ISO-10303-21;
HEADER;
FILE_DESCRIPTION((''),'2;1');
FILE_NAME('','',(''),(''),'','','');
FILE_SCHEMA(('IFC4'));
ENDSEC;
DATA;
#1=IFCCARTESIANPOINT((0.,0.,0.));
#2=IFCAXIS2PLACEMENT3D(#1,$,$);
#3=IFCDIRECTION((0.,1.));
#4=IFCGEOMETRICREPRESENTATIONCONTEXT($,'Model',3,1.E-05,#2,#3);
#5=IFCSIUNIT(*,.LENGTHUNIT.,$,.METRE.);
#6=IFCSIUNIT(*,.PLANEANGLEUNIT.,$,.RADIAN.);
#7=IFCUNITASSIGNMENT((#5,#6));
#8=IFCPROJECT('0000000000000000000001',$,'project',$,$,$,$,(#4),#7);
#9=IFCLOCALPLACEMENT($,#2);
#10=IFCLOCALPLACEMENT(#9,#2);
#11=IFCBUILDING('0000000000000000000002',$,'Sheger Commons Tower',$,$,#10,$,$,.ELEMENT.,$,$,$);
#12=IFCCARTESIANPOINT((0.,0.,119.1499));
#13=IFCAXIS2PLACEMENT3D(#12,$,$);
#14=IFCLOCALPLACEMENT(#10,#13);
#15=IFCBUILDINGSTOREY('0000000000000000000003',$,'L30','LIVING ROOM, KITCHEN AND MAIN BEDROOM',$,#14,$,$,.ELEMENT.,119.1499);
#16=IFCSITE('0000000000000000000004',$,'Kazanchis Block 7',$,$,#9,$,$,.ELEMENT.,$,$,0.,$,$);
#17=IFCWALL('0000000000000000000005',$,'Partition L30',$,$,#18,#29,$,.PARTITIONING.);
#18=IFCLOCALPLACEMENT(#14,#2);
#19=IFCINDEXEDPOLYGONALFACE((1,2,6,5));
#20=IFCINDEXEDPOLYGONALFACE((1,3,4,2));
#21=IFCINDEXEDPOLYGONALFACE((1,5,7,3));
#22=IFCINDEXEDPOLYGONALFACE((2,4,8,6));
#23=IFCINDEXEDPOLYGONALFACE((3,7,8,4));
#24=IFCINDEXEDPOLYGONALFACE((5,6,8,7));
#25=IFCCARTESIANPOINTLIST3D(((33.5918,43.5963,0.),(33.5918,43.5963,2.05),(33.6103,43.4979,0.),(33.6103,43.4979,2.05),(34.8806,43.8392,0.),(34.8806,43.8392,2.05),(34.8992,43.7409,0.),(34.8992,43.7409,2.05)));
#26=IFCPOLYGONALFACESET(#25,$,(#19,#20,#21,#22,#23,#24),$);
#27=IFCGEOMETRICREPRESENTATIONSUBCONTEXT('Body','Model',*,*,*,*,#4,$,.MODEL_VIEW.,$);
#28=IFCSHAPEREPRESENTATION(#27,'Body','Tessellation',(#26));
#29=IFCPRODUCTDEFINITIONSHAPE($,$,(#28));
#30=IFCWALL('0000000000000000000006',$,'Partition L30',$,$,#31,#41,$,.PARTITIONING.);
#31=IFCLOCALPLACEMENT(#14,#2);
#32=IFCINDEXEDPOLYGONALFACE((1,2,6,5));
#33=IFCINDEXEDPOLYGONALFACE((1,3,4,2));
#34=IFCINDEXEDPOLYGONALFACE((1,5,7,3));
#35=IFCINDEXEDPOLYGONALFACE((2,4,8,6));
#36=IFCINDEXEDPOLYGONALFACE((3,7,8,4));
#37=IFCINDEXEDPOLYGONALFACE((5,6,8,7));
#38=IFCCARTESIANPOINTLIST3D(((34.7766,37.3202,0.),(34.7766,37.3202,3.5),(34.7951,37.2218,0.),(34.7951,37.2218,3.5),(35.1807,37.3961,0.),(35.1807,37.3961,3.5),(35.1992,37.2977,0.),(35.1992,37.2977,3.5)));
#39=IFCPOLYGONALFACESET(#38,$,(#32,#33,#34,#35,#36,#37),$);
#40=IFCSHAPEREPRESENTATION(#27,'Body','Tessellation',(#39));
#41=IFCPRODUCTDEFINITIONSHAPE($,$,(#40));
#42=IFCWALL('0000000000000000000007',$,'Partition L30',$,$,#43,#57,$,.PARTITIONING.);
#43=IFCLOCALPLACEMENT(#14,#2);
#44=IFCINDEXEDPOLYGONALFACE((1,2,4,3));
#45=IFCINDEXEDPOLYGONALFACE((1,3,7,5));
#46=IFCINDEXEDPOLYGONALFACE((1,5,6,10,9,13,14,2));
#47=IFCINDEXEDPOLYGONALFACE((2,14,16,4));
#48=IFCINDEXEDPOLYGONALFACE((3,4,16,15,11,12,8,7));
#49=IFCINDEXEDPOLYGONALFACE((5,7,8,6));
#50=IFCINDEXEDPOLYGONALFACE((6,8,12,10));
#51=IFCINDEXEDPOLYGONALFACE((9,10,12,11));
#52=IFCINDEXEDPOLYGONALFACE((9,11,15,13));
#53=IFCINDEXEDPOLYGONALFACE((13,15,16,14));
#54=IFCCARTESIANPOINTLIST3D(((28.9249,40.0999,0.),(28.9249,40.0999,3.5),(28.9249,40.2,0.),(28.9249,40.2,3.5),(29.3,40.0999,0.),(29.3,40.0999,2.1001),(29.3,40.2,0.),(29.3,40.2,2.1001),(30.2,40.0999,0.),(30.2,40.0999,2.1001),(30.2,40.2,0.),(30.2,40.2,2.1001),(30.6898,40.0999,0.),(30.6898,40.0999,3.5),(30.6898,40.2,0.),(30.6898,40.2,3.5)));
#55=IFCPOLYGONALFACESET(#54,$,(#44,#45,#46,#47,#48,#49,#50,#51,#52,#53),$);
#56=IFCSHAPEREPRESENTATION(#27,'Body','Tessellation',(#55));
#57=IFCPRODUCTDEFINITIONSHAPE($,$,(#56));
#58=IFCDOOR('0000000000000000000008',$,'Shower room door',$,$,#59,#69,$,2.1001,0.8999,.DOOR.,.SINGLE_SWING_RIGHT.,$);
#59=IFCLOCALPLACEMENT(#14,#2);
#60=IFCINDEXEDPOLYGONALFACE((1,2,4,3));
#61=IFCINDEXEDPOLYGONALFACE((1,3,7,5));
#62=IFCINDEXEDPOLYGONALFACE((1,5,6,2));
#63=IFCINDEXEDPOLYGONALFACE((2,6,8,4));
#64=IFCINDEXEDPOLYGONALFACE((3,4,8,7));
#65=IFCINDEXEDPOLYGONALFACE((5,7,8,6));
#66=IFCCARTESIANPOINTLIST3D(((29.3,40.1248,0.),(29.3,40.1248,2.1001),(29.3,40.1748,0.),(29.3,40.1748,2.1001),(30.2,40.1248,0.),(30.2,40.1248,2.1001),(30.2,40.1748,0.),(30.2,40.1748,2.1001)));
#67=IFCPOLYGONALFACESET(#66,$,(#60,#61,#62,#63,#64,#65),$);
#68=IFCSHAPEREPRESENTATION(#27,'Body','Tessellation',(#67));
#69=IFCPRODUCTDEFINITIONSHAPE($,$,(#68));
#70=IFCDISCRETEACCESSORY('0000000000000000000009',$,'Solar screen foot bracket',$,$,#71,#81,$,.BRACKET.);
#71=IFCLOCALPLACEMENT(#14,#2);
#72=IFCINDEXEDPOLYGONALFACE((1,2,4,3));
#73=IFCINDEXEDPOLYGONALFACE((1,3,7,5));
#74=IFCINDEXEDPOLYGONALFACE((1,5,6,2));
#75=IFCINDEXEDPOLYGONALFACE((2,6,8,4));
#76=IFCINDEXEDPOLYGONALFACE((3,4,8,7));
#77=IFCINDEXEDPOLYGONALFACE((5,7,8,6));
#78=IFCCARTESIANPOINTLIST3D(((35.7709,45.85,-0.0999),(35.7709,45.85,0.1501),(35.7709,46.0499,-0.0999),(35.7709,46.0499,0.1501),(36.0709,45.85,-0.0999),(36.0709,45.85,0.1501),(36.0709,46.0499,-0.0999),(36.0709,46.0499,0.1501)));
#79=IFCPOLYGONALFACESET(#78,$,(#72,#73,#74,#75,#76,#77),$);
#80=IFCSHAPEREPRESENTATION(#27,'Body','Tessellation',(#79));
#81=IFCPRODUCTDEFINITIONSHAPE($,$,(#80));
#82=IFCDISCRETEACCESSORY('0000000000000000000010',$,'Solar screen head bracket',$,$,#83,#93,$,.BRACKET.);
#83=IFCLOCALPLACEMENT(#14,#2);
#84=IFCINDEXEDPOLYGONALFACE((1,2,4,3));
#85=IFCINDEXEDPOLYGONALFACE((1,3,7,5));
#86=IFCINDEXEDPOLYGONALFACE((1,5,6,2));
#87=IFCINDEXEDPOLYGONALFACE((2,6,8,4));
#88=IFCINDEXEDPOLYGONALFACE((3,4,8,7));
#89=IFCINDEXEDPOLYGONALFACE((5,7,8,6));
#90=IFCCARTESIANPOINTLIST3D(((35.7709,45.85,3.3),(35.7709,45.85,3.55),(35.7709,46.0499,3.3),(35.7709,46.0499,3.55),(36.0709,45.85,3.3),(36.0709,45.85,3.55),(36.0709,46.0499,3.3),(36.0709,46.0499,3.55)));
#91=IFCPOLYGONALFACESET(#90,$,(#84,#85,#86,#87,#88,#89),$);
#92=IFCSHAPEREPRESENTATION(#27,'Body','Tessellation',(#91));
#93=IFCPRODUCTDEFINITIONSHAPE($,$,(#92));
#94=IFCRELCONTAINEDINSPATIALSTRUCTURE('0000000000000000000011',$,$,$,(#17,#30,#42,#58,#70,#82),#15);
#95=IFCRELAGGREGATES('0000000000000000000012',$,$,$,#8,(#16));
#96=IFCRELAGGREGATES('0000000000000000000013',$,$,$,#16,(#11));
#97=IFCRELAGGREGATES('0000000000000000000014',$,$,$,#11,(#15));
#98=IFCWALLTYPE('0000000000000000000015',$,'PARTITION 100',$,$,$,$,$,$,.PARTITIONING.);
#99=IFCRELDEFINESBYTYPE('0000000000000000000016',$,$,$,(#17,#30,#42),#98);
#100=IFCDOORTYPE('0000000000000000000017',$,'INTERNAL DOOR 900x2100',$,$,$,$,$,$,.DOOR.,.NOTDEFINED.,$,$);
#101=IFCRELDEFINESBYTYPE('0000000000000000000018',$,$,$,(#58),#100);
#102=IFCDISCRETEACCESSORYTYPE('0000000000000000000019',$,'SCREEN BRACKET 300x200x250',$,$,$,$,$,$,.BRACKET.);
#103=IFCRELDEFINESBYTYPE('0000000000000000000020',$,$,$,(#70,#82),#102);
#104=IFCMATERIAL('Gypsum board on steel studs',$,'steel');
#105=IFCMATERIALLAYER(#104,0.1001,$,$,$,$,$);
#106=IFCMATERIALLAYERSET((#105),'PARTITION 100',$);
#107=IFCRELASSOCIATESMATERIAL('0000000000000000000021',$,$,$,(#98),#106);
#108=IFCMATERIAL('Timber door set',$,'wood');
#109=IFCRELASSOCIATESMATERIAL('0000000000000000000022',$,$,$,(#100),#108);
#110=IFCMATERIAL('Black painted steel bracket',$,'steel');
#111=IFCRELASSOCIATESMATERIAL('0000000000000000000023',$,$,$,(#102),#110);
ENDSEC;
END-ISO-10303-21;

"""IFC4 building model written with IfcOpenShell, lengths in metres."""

from ifc_helpers import new_model, si_unit, direction, frame, frame_2d, origin, origin_2d, place, context, subcontext, project, spatial, rectangle, extrude, material, layer, layer_set, type_object, element, fill, save


model = new_model("IFC4")

# Units and contexts
model_context = context("Model", 3, precision=1e-05, world=origin(), true_north=direction((0.0, 1.0)))
body_context = subcontext(model_context, "Body", "Model", "MODEL_VIEW")
ifc_project = project(units=[si_unit("LENGTHUNIT", "METRE"), si_unit("PLANEANGLEUNIT", "RADIAN")], contexts=[model_context])

# Site, building, storey
site_placement = place(None, origin())
site = spatial("IfcSite", under=ifc_project, at=site_placement, Name="Kazanchis Block 7", CompositionType="ELEMENT", RefElevation=0.0)
building_placement = place(site_placement, origin())
building = spatial("IfcBuilding", under=site, at=building_placement, Name="Sheger Commons Tower", CompositionType="ELEMENT")
storey_placement = place(building_placement, frame((0.0, 0.0, 119.1499)))
storey = spatial("IfcBuildingStorey", under=building, at=storey_placement, Name="L30", Description="LIVING ROOM, KITCHEN AND MAIN BEDROOM", CompositionType="ELEMENT", Elevation=119.1499)

# Walls
ifc_material_1 = material(Name="Gypsum board on steel studs", Category="steel")
ifc_layer_1 = layer(ifc_material_1, 0.1001)
ifc_layer_set_1 = layer_set([ifc_layer_1], Name="PARTITION 100")
wall_type_1 = type_object("IfcWallType", Name="PARTITION 100", PredefinedType="PARTITIONING", material=ifc_layer_set_1)
wall_1_placement = place(storey_placement, frame((34.8899, 43.79, 0.0), z_axis=(0.0, 0.0, 1.0), x_axis=(-0.982697, -0.185221, 0.0)))
element("IfcWall", 1, at=wall_1_placement, inside=storey, type_object=wall_type_1, Name="Partition L30", PredefinedType="PARTITIONING", context=body_context, shape_type="SweptSolid", body=[
    extrude(rectangle(XDim=1.3115, YDim=0.1001, at=frame_2d((0.6558, 0.0))), origin(), (0.0, 0.0, 1.0), 2.05),
])
wall_2_placement = place(storey_placement, frame((35.1899, 37.3469, 0.0), z_axis=(0.0, 0.0, 1.0), x_axis=(-0.982798, -0.184683, 0.0)))
element("IfcWall", 2, at=wall_2_placement, inside=storey, type_object=wall_type_1, Name="Partition L30", PredefinedType="PARTITIONING", context=body_context, shape_type="SweptSolid", body=[
    extrude(rectangle(XDim=0.4111, YDim=0.1001, at=frame_2d((0.2056, 0.0))), origin(), (0.0, 0.0, 1.0), 3.5),
])

# Wall, opening, door
wall_3_placement = place(storey_placement, frame((28.925, 40.1499, 0.0), z_axis=(0.0, 0.0, 1.0), x_axis=(1.0, 0.0, 0.0)))
wall_3 = element("IfcWall", 3, at=wall_3_placement, inside=storey, type_object=wall_type_1, Name="Partition L30", PredefinedType="PARTITIONING", context=body_context, shape_type="SweptSolid", body=[
    extrude(rectangle(XDim=1.7649, YDim=0.1001, at=frame_2d((0.8823, 0.0))), origin(), (0.0, 0.0, 1.0), 3.5),
])
opening_1_placement = place(wall_3_placement, frame((0.375, 0.0, 0.0)))
opening_1 = element("IfcOpeningElement", 4, at=opening_1_placement, cuts=wall_3, PredefinedType="OPENING", context=body_context, shape_type="SweptSolid", body=[
    extrude(rectangle(XDim=0.8999, YDim=2.1001, at=frame_2d((0.45, 1.05))), frame((0.0, 0.0601, 0.0), z_axis=(0.0, -1.0, 0.0), x_axis=(1.0, 0.0, 0.0)), (0.0, 0.0, 1.0), 0.1201),
])
ifc_material_2 = material(Name="Timber door set", Category="wood")
door_type_1 = type_object("IfcDoorType", Name="INTERNAL DOOR 900x2100", OperationType="NOTDEFINED", PredefinedType="DOOR", material=ifc_material_2)
door_1_placement = place(opening_1_placement, origin())
door_1 = element("IfcDoor", 5, at=door_1_placement, inside=storey, type_object=door_type_1, Name="Shower room door", OperationType="SINGLE_SWING_RIGHT", OverallHeight=2.1001, OverallWidth=0.8999, PredefinedType="DOOR", context=body_context, shape_type="SweptSolid", body=[
    extrude(rectangle(XDim=0.8999, YDim=2.1001, at=frame_2d((0.45, 1.05))), frame((0.0, 0.0249, 0.0), z_axis=(0.0, -1.0, 0.0), x_axis=(1.0, 0.0, 0.0)), (0.0, 0.0, 1.0), 0.05),
])
fill(opening_1, door_1)

# Discrete accessories
ifc_material_3 = material(Name="Black painted steel bracket", Category="steel")
discrete_accessory_type = type_object("IfcDiscreteAccessoryType", Name="SCREEN BRACKET 300x200x250", PredefinedType="BRACKET", material=ifc_material_3)
for number, where, z_axis, x_axis, name in (
    (6, (35.9209, 45.95, -0.0999), (0.0, 0.0, 1.0), (-1.0, 0.0, 0.0), "Solar screen foot bracket"),
    (7, (35.9209, 45.95, 3.3), (0.0, 0.0, 1.0), (-1.0, 0.0, 0.0), "Solar screen head bracket"),
):
    element("IfcDiscreteAccessory", number, at=place(storey_placement, frame(where, z_axis=z_axis, x_axis=x_axis)), inside=storey, type_object=discrete_accessory_type, Name=name, PredefinedType="BRACKET", context=body_context, shape_type="SweptSolid", body=[
        extrude(rectangle(XDim=0.3, YDim=0.2, at=origin_2d()), origin(), (0.0, 0.0, 1.0), 0.25),
    ])

save(model, "model.ifc")
